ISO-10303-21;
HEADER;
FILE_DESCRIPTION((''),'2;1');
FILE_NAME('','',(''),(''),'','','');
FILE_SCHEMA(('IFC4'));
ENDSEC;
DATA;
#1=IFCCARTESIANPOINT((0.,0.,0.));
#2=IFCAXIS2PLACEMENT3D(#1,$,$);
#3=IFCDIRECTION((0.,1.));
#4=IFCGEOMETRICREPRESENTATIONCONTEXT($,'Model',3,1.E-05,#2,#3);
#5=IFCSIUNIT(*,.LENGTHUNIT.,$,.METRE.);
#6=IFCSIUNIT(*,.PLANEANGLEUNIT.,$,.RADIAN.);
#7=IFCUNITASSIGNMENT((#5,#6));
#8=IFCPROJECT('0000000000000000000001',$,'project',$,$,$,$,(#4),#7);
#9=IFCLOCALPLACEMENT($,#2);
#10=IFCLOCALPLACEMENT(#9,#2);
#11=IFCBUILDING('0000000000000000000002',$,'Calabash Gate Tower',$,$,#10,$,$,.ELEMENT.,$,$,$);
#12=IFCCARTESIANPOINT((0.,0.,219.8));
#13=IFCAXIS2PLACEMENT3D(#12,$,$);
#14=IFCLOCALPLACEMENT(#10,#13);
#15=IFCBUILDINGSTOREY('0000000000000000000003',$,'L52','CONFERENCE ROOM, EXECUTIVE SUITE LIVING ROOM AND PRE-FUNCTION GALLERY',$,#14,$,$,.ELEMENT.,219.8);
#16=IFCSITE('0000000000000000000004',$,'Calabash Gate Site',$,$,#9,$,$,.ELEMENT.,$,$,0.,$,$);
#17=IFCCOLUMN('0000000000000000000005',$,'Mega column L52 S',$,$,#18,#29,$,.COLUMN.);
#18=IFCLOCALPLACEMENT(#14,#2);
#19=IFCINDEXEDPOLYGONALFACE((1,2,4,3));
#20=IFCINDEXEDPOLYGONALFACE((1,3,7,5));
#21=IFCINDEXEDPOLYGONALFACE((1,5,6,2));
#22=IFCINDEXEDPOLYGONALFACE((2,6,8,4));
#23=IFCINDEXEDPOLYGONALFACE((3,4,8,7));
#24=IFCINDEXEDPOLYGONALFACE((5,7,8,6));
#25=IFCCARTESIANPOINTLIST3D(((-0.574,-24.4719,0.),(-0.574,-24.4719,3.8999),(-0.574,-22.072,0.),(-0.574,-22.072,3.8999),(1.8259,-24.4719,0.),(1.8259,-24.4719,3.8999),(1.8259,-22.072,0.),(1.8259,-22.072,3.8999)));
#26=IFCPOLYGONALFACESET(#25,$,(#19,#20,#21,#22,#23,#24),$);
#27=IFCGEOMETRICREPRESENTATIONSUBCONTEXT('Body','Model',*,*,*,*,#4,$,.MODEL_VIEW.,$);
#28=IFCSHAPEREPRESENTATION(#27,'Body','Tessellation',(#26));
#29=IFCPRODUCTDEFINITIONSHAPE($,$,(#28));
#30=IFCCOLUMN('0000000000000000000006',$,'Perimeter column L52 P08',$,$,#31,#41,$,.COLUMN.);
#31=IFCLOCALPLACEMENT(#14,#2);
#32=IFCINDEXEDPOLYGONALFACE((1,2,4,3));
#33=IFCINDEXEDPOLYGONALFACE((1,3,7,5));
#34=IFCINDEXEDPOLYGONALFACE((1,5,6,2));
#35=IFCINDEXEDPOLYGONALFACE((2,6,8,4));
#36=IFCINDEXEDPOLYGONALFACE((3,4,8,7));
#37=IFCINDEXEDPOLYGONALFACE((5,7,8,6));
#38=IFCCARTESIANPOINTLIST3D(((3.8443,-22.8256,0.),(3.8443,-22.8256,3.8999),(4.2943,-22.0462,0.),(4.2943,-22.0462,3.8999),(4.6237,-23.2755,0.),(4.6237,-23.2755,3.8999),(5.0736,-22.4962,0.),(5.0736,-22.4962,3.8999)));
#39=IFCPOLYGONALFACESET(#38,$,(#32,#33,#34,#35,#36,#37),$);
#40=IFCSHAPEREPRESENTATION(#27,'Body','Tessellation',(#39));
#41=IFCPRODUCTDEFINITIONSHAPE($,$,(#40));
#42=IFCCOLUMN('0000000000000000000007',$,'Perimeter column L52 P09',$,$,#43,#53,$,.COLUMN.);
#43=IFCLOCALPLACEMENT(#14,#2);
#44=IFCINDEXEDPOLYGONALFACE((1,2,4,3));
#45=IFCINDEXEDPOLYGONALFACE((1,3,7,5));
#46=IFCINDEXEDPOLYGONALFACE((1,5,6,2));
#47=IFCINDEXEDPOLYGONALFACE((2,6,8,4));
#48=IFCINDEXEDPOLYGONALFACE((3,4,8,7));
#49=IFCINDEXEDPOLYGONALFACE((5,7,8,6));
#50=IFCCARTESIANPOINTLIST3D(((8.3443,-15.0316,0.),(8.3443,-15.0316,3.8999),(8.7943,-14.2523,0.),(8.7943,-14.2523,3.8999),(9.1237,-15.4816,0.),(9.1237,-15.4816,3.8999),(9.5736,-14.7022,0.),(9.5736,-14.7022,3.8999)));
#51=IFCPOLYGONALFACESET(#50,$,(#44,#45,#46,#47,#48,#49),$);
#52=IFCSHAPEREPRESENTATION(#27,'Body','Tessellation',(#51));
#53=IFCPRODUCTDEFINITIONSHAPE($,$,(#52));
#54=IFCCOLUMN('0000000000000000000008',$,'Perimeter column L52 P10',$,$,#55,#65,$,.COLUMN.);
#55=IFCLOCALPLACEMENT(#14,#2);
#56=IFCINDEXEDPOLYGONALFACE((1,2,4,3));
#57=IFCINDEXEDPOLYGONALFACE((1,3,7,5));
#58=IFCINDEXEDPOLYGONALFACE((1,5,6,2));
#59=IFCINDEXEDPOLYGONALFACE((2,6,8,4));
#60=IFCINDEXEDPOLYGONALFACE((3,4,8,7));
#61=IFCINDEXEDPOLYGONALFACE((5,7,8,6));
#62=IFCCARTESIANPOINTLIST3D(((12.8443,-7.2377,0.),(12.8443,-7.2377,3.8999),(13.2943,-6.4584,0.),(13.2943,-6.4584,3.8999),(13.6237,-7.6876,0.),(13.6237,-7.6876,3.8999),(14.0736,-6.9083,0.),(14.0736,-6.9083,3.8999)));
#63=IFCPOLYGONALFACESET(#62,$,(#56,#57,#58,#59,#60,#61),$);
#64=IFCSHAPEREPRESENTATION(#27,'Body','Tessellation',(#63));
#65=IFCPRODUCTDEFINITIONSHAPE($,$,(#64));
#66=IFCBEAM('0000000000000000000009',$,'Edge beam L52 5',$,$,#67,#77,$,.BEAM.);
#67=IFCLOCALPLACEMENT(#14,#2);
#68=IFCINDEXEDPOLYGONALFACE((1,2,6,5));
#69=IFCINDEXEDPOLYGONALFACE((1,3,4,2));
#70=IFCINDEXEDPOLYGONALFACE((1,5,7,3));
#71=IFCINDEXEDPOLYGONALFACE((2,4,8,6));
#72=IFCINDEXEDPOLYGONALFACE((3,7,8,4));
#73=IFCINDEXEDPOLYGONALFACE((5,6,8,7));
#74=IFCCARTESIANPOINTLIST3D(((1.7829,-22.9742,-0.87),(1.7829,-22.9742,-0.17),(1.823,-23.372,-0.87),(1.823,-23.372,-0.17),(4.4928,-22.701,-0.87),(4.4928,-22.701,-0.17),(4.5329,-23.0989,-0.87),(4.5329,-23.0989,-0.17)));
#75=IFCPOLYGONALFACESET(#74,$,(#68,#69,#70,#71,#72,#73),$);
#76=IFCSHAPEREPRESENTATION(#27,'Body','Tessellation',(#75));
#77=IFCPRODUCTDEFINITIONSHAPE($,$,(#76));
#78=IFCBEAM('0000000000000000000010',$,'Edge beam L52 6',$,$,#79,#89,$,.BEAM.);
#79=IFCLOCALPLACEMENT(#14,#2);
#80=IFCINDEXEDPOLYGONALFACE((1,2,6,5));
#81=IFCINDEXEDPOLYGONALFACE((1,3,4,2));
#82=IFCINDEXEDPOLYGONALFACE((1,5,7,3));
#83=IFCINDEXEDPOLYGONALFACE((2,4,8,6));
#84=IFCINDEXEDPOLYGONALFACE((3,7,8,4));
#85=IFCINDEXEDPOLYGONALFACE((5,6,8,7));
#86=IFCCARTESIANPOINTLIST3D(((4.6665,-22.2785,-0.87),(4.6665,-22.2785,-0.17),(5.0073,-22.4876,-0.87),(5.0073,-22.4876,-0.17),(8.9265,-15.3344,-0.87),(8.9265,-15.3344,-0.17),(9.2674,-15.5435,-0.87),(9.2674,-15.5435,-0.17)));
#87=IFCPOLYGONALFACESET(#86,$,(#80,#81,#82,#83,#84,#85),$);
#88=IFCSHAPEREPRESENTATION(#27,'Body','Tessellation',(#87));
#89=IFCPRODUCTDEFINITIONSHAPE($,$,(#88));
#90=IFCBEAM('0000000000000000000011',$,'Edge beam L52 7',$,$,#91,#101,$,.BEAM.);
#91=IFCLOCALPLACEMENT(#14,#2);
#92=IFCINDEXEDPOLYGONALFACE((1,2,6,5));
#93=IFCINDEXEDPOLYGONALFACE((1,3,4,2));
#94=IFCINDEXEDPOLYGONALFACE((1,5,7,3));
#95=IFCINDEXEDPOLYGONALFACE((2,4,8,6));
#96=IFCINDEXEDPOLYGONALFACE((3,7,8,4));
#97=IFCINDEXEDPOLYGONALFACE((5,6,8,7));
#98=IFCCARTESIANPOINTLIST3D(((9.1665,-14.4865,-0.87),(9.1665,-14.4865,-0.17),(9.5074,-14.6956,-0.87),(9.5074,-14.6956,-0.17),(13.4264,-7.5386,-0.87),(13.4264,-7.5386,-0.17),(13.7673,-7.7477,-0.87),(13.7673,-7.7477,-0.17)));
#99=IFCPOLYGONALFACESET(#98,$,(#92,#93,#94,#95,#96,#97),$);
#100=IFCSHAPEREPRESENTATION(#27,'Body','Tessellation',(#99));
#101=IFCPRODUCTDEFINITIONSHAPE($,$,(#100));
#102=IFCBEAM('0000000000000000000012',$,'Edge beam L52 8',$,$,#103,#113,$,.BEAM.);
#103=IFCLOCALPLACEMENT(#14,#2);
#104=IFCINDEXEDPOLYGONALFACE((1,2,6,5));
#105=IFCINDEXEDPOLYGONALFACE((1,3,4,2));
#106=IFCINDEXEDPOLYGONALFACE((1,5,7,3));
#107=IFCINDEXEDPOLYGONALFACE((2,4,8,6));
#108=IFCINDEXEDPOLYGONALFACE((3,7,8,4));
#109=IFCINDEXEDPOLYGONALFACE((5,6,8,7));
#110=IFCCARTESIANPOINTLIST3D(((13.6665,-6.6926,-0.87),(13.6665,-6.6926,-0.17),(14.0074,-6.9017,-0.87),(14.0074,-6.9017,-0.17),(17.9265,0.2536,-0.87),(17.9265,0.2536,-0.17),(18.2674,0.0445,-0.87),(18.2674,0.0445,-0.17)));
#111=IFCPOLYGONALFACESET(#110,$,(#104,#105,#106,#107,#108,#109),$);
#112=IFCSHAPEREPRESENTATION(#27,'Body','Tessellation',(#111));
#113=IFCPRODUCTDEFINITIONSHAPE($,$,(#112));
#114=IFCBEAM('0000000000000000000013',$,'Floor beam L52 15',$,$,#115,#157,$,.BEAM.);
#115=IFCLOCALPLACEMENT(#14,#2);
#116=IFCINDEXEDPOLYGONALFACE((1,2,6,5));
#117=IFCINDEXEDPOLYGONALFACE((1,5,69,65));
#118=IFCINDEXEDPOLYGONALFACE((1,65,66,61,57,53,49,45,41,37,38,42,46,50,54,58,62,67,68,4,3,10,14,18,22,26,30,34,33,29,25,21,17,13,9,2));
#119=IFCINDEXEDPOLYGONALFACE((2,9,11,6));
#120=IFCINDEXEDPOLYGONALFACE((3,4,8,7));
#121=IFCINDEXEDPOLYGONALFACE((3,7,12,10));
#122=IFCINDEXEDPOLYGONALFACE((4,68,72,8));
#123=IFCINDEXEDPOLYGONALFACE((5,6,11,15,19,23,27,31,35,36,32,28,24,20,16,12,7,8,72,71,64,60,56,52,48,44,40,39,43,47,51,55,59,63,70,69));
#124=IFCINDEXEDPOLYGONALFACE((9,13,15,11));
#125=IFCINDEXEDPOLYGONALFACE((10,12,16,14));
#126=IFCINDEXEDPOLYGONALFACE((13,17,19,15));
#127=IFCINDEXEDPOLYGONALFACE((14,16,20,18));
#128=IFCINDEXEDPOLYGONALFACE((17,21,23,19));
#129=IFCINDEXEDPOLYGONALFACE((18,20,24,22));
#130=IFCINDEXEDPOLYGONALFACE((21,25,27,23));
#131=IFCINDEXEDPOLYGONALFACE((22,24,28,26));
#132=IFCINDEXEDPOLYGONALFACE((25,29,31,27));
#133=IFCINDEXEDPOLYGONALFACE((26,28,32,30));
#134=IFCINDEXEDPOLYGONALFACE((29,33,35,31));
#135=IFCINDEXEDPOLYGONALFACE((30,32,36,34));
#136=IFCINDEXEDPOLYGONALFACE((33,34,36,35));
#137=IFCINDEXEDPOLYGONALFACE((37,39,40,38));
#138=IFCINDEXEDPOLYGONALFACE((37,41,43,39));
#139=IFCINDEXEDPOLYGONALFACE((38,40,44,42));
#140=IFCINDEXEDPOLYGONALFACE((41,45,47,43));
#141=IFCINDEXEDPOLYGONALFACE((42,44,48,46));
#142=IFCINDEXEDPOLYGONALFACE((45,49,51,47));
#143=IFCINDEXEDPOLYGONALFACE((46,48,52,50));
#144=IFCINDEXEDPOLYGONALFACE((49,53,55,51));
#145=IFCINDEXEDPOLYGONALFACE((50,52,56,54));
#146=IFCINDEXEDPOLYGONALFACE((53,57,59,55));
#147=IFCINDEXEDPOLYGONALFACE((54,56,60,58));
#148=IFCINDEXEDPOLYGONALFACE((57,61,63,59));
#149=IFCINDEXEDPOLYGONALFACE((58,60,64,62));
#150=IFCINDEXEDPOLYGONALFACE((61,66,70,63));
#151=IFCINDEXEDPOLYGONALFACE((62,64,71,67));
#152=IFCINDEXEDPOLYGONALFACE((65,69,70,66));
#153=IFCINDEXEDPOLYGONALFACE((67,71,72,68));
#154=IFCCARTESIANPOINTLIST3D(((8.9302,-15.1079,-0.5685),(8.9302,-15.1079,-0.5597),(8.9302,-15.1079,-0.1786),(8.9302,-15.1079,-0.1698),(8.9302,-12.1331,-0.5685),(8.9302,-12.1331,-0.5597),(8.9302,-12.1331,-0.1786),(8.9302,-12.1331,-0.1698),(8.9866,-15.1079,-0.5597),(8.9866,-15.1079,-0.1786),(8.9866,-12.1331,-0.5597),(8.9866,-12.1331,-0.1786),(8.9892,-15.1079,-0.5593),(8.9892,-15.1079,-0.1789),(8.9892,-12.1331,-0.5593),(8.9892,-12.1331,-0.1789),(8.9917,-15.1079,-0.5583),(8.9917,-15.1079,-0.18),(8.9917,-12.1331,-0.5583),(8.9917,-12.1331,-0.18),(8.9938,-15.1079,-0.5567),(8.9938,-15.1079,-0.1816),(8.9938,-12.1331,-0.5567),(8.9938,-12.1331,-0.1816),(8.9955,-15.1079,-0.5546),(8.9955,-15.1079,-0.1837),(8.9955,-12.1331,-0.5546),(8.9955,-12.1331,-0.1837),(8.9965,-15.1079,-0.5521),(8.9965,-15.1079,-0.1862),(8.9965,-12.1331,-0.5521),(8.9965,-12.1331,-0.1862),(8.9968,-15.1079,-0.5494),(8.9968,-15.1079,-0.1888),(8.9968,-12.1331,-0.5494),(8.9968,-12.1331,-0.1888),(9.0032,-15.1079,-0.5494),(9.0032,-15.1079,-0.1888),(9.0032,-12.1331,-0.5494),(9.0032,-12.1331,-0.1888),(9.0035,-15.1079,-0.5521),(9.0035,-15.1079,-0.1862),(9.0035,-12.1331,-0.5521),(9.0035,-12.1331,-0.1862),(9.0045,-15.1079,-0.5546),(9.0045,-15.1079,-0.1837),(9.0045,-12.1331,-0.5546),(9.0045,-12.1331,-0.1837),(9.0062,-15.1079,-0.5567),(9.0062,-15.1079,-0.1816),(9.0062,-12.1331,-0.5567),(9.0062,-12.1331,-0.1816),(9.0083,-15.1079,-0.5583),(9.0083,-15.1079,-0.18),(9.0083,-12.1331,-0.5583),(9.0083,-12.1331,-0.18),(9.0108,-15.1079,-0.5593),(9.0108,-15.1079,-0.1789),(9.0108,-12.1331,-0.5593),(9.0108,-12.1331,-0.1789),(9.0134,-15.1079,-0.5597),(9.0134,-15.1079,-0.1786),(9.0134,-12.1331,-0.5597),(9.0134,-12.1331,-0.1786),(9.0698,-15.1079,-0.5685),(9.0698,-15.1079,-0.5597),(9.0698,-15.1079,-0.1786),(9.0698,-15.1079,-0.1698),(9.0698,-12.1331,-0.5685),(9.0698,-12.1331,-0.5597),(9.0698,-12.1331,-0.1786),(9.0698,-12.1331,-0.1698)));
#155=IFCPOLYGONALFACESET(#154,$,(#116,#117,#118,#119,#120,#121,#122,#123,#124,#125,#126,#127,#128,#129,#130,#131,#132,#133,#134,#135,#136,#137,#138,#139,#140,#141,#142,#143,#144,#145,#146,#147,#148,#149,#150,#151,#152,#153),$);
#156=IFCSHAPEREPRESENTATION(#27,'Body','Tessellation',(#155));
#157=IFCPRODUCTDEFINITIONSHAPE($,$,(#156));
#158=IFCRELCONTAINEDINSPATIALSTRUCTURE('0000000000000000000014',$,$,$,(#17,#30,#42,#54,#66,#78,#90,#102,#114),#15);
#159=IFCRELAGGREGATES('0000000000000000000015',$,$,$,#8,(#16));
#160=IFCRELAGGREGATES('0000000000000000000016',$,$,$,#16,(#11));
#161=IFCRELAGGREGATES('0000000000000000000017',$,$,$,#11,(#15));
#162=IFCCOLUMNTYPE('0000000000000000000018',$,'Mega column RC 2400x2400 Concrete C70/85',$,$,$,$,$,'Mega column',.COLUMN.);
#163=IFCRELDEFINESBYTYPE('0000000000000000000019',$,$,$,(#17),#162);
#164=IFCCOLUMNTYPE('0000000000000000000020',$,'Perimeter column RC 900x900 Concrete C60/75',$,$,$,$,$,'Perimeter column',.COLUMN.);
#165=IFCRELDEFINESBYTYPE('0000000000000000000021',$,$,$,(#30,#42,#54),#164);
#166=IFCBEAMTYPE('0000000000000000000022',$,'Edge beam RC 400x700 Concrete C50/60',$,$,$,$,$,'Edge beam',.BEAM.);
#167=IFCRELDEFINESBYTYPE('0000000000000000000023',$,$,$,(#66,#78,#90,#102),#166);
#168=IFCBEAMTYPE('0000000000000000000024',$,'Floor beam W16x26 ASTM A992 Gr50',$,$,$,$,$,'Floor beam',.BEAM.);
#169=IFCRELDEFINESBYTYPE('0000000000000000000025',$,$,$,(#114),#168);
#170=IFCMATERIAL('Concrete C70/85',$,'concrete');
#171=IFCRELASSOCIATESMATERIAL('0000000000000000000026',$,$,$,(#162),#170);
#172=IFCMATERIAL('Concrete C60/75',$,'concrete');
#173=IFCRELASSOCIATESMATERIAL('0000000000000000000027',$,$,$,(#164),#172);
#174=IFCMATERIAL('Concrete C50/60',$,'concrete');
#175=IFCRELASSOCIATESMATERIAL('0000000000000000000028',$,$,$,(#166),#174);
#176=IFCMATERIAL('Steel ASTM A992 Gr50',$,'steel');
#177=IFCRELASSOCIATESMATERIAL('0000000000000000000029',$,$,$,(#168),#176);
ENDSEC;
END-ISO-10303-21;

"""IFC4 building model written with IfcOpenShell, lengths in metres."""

from ifc_helpers import new_model, si_unit, direction, frame, origin, origin_2d, place, context, subcontext, project, spatial, rectangle, i_section, extrude, material, material_profile, profile_set, type_object, element, save


model = new_model("IFC4")

# Units and contexts
model_context = context("Model", 3, precision=1e-05, world=origin(), true_north=direction((0.0, 1.0)))
body_context = subcontext(model_context, "Body", "Model", "MODEL_VIEW")
ifc_project = project(units=[si_unit("LENGTHUNIT", "METRE"), si_unit("PLANEANGLEUNIT", "RADIAN")], contexts=[model_context])

# Site, building, storey
site_placement = place(None, origin())
site = spatial("IfcSite", under=ifc_project, at=site_placement, Name="Calabash Gate Site", CompositionType="ELEMENT", RefElevation=0.0)
building_placement = place(site_placement, origin())
building = spatial("IfcBuilding", under=site, at=building_placement, Name="Calabash Gate Tower", CompositionType="ELEMENT")
storey_placement = place(building_placement, frame((0.0, 0.0, 219.8)))
storey = spatial("IfcBuildingStorey", under=building, at=storey_placement, Name="L52", Description="CONFERENCE ROOM, EXECUTIVE SUITE LIVING ROOM AND PRE-FUNCTION GALLERY", CompositionType="ELEMENT", Elevation=219.8)

# Columns
ifc_material_1 = material(Name="Concrete C70/85", Category="concrete")
ifc_material_profile_1 = material_profile(ifc_material_1, rectangle(XDim=2.3999, YDim=2.3999, at=origin_2d()))
ifc_profile_set_1 = profile_set([ifc_material_profile_1], Name="Concrete C70/85")
column_type_1 = type_object("IfcColumnType", Name="Mega column RC 2400x2400 Concrete C70/85", ElementType="Mega column", PredefinedType="COLUMN", material=ifc_profile_set_1)
column_placement = place(storey_placement, frame((0.626, -23.272, 0.0), z_axis=(0.0, 0.0, 1.0), x_axis=(0.0, 1.0, 0.0)))
element("IfcColumn", 1, at=column_placement, inside=storey, type_object=column_type_1, Name="Mega column L52 S", PredefinedType="COLUMN", context=body_context, shape_type="SweptSolid", body=[
    extrude(rectangle(XDim=2.3999, YDim=2.3999, at=origin_2d()), origin(), (0.0, 0.0, 1.0), 3.8999),
])
ifc_material_2 = material(Name="Concrete C60/75", Category="concrete")
ifc_material_profile_2 = material_profile(ifc_material_2, rectangle(XDim=0.8999, YDim=0.8999, at=origin_2d()))
ifc_profile_set_2 = profile_set([ifc_material_profile_2], Name="Concrete C60/75")
column_type_2 = type_object("IfcColumnType", Name="Perimeter column RC 900x900 Concrete C60/75", ElementType="Perimeter column", PredefinedType="COLUMN", material=ifc_profile_set_2)
for number, where, z_axis, x_axis, name in (
    (2, (4.459, -22.6609, 0.0), (0.0, 0.0, 1.0), (0.5, 0.866025, 0.0), "Perimeter column L52 P08"),
    (3, (8.959, -14.8669, 0.0), (0.0, 0.0, 1.0), (0.5, 0.866025, 0.0), "Perimeter column L52 P09"),
    (4, (13.459, -7.073, 0.0), (0.0, 0.0, 1.0), (0.5, 0.866025, 0.0), "Perimeter column L52 P10"),
):
    element("IfcColumn", number, at=place(storey_placement, frame(where, z_axis=z_axis, x_axis=x_axis)), inside=storey, type_object=column_type_2, Name=name, PredefinedType="COLUMN", context=body_context, shape_type="SweptSolid", body=[
        extrude(rectangle(XDim=0.8999, YDim=0.8999, at=origin_2d()), origin(), (0.0, 0.0, 1.0), 3.8999),
    ])

# Beams
ifc_material_3 = material(Name="Concrete C50/60", Category="concrete")
ifc_material_profile_3 = material_profile(ifc_material_3, rectangle(XDim=0.3999, YDim=0.7, at=origin_2d()))
ifc_profile_set_3 = profile_set([ifc_material_profile_3], Name="Concrete C50/60")
beam_type_1 = type_object("IfcBeamType", Name="Edge beam RC 400x700 Concrete C50/60", ElementType="Edge beam", PredefinedType="BEAM", material=ifc_profile_set_3)
beam_1_placement = place(storey_placement, frame((1.803, -23.1731, -0.52), z_axis=(0.994957, 0.100302, 0.0), x_axis=(-0.100302, 0.994957, 0.0)))
element("IfcBeam", 5, at=beam_1_placement, inside=storey, type_object=beam_type_1, Name="Edge beam L52 5", PredefinedType="BEAM", context=body_context, shape_type="SweptSolid", body=[
    extrude(rectangle(XDim=0.3999, YDim=0.7, at=origin_2d()), origin(), (0.0, 0.0, 1.0), 2.7236),
])
beam_2_placement = place(storey_placement, frame((4.8369, -22.3831, -0.52), z_axis=(0.522915, 0.852385, 0.0), x_axis=(-0.852385, 0.522915, 0.0)))
element("IfcBeam", 6, at=beam_2_placement, inside=storey, type_object=beam_type_1, Name="Edge beam L52 6", PredefinedType="BEAM", context=body_context, shape_type="SweptSolid", body=[
    extrude(rectangle(XDim=0.3999, YDim=0.7, at=origin_2d()), origin(), (0.0, 0.0, 1.0), 8.1467),
])
beam_3_placement = place(storey_placement, frame((9.3369, -14.5911, -0.52), z_axis=(0.522701, 0.852516, 0.0), x_axis=(-0.852516, 0.522701, 0.0)))
element("IfcBeam", 7, at=beam_3_placement, inside=storey, type_object=beam_type_1, Name="Edge beam L52 7", PredefinedType="BEAM", context=body_context, shape_type="SweptSolid", body=[
    extrude(rectangle(XDim=0.3999, YDim=0.7, at=origin_2d()), origin(), (0.0, 0.0, 1.0), 8.1499),
])
beam_4_placement = place(storey_placement, frame((13.8369, -6.7971, -0.52), z_axis=(0.522808, 0.852451, 0.0), x_axis=(-0.852451, 0.522808, 0.0)))
element("IfcBeam", 8, at=beam_4_placement, inside=storey, type_object=beam_type_1, Name="Edge beam L52 8", PredefinedType="BEAM", context=body_context, shape_type="SweptSolid", body=[
    extrude(rectangle(XDim=0.3999, YDim=0.7, at=origin_2d()), origin(), (0.0, 0.0, 1.0), 8.1484),
])
ifc_material_4 = material(Name="Steel ASTM A992 Gr50", Category="steel")
ifc_material_profile_4 = material_profile(ifc_material_4, i_section(OverallWidth=0.1396, OverallDepth=0.3987, WebThickness=0.0063, FlangeThickness=0.0088, FilletRadius=0.0103, at=origin_2d()))
ifc_profile_set_4 = profile_set([ifc_material_profile_4], Name="Steel ASTM A992 Gr50")
beam_type_2 = type_object("IfcBeamType", Name="Floor beam W16x26 ASTM A992 Gr50", ElementType="Floor beam", PredefinedType="BEAM", material=ifc_profile_set_4)
beam_5_placement = place(storey_placement, frame((9.0, -15.1079, -0.3691), z_axis=(0.0, 1.0, 0.0), x_axis=(-1.0, 0.0, 0.0)))
element("IfcBeam", 9, at=beam_5_placement, inside=storey, type_object=beam_type_2, Name="Floor beam L52 15", PredefinedType="BEAM", context=body_context, shape_type="SweptSolid", body=[
    extrude(i_section(OverallWidth=0.1396, OverallDepth=0.3987, WebThickness=0.0063, FlangeThickness=0.0088, FilletRadius=0.0103, at=origin_2d()), origin(), (0.0, 0.0, 1.0), 2.9749),
])

save(model, "model.ifc")
